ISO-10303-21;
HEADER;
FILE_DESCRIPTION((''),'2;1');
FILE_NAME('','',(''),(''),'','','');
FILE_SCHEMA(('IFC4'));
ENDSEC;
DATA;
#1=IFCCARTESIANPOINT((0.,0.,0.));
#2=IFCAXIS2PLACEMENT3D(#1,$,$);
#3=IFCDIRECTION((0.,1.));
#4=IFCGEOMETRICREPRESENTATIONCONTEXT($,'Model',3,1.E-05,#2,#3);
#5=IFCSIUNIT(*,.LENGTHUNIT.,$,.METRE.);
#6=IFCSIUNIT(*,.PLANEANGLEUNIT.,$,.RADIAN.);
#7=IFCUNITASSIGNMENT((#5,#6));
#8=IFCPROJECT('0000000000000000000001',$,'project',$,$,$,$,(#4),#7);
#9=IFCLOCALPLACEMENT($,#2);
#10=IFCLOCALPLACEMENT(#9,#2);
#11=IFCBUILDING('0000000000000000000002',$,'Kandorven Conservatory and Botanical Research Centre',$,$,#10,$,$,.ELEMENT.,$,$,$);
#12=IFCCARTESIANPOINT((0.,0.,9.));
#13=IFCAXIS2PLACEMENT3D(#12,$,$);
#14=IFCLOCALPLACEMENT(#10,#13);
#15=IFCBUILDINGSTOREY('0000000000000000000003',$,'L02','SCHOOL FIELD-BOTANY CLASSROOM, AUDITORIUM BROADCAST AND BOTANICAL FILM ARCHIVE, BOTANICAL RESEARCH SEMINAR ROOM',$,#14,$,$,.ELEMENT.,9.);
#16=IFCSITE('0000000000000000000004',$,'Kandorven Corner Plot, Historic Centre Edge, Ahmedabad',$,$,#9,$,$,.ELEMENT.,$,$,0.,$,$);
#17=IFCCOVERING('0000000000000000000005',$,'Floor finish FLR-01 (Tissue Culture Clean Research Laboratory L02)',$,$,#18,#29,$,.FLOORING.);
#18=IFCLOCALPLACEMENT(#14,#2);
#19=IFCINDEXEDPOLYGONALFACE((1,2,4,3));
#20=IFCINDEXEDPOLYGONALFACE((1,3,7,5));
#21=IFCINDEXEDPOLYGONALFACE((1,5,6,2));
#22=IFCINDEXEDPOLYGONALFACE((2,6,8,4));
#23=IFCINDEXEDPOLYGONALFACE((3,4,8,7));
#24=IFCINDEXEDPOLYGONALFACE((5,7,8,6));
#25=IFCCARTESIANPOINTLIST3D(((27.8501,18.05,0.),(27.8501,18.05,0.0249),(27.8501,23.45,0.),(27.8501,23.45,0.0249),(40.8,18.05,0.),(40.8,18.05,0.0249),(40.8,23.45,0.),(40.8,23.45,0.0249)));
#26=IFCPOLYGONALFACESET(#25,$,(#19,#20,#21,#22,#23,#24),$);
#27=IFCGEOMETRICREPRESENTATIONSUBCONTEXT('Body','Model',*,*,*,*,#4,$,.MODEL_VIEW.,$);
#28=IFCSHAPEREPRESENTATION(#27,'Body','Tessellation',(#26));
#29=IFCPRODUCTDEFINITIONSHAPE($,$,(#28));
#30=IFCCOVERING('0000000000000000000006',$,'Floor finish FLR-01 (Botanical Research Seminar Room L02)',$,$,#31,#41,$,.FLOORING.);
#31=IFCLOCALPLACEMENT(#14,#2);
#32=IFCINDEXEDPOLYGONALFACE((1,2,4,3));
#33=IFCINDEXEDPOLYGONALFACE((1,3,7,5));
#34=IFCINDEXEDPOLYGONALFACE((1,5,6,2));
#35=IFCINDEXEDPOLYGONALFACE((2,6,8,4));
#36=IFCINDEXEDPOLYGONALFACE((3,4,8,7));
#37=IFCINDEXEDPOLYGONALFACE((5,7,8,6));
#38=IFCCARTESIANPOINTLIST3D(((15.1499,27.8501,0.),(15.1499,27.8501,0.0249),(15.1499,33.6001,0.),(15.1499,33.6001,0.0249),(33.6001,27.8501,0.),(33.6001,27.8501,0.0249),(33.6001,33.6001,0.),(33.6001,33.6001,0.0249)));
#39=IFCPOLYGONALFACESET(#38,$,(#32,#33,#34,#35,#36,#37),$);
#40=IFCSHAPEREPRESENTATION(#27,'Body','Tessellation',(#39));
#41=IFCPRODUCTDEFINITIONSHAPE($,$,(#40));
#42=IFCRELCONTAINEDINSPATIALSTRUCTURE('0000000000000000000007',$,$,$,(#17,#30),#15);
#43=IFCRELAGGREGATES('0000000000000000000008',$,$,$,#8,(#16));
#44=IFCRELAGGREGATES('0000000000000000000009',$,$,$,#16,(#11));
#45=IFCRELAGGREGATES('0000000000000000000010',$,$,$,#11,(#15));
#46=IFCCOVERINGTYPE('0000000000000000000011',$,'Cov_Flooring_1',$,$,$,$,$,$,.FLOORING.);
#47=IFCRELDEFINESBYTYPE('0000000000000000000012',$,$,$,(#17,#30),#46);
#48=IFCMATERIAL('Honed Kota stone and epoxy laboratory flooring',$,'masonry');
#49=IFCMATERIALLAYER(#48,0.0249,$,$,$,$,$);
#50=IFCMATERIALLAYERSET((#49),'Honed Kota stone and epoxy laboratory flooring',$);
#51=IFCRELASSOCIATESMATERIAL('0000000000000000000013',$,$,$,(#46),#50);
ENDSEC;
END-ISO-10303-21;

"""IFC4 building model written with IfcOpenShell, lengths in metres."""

from ifc_helpers import new_model, si_unit, direction, frame, origin, place, context, subcontext, project, spatial, polyline, outline, extrude, material, layer, layer_set, type_object, element, save


model = new_model("IFC4")

# Units and contexts
model_context = context("Model", 3, precision=1e-05, world=origin(), true_north=direction((0.0, 1.0)))
body_context = subcontext(model_context, "Body", "Model", "MODEL_VIEW")
ifc_project = project(units=[si_unit("LENGTHUNIT", "METRE"), si_unit("PLANEANGLEUNIT", "RADIAN")], contexts=[model_context])

# Site, building, storey
site_placement = place(None, origin())
site = spatial("IfcSite", under=ifc_project, at=site_placement, Name="Kandorven Corner Plot, Historic Centre Edge, Ahmedabad", CompositionType="ELEMENT", RefElevation=0.0)
building_placement = place(site_placement, origin())
building = spatial("IfcBuilding", under=site, at=building_placement, Name="Kandorven Conservatory and Botanical Research Centre", CompositionType="ELEMENT")
storey_placement = place(building_placement, frame((0.0, 0.0, 9.0)))
storey = spatial("IfcBuildingStorey", under=building, at=storey_placement, Name="L02", Description="SCHOOL FIELD-BOTANY CLASSROOM, AUDITORIUM BROADCAST AND BOTANICAL FILM ARCHIVE, BOTANICAL RESEARCH SEMINAR ROOM", CompositionType="ELEMENT", Elevation=9.0)

# Coverings
ifc_material_1 = material(Name="Honed Kota stone and epoxy laboratory flooring", Category="masonry")
ifc_layer_1 = layer(ifc_material_1, 0.0249)
ifc_layer_set_1 = layer_set([ifc_layer_1], Name="Honed Kota stone and epoxy laboratory flooring")
covering_type_1 = type_object("IfcCoveringType", Name="Cov_Flooring_1", PredefinedType="FLOORING", material=ifc_layer_set_1)
covering_1_placement = place(storey_placement, origin())
element("IfcCovering", 1, at=covering_1_placement, inside=storey, type_object=covering_type_1, Name="Floor finish FLR-01 (Tissue Culture Clean Research Laboratory L02)", PredefinedType="FLOORING", context=body_context, shape_type="SweptSolid", body=[
    extrude(outline(polyline([(27.8501, 18.05), (40.8, 18.05), (40.8, 23.45), (27.8501, 23.45), (27.8501, 18.05)])), origin(), (0.0, 0.0, 1.0), 0.0249),
])
covering_2_placement = place(storey_placement, origin())
element("IfcCovering", 2, at=covering_2_placement, inside=storey, type_object=covering_type_1, Name="Floor finish FLR-01 (Botanical Research Seminar Room L02)", PredefinedType="FLOORING", context=body_context, shape_type="SweptSolid", body=[
    extrude(outline(polyline([(15.1499, 27.8501), (33.6001, 27.8501), (33.6001, 33.6001), (15.1499, 33.6001), (15.1499, 27.8501)])), origin(), (0.0, 0.0, 1.0), 0.0249),
])

save(model, "model.ifc")
